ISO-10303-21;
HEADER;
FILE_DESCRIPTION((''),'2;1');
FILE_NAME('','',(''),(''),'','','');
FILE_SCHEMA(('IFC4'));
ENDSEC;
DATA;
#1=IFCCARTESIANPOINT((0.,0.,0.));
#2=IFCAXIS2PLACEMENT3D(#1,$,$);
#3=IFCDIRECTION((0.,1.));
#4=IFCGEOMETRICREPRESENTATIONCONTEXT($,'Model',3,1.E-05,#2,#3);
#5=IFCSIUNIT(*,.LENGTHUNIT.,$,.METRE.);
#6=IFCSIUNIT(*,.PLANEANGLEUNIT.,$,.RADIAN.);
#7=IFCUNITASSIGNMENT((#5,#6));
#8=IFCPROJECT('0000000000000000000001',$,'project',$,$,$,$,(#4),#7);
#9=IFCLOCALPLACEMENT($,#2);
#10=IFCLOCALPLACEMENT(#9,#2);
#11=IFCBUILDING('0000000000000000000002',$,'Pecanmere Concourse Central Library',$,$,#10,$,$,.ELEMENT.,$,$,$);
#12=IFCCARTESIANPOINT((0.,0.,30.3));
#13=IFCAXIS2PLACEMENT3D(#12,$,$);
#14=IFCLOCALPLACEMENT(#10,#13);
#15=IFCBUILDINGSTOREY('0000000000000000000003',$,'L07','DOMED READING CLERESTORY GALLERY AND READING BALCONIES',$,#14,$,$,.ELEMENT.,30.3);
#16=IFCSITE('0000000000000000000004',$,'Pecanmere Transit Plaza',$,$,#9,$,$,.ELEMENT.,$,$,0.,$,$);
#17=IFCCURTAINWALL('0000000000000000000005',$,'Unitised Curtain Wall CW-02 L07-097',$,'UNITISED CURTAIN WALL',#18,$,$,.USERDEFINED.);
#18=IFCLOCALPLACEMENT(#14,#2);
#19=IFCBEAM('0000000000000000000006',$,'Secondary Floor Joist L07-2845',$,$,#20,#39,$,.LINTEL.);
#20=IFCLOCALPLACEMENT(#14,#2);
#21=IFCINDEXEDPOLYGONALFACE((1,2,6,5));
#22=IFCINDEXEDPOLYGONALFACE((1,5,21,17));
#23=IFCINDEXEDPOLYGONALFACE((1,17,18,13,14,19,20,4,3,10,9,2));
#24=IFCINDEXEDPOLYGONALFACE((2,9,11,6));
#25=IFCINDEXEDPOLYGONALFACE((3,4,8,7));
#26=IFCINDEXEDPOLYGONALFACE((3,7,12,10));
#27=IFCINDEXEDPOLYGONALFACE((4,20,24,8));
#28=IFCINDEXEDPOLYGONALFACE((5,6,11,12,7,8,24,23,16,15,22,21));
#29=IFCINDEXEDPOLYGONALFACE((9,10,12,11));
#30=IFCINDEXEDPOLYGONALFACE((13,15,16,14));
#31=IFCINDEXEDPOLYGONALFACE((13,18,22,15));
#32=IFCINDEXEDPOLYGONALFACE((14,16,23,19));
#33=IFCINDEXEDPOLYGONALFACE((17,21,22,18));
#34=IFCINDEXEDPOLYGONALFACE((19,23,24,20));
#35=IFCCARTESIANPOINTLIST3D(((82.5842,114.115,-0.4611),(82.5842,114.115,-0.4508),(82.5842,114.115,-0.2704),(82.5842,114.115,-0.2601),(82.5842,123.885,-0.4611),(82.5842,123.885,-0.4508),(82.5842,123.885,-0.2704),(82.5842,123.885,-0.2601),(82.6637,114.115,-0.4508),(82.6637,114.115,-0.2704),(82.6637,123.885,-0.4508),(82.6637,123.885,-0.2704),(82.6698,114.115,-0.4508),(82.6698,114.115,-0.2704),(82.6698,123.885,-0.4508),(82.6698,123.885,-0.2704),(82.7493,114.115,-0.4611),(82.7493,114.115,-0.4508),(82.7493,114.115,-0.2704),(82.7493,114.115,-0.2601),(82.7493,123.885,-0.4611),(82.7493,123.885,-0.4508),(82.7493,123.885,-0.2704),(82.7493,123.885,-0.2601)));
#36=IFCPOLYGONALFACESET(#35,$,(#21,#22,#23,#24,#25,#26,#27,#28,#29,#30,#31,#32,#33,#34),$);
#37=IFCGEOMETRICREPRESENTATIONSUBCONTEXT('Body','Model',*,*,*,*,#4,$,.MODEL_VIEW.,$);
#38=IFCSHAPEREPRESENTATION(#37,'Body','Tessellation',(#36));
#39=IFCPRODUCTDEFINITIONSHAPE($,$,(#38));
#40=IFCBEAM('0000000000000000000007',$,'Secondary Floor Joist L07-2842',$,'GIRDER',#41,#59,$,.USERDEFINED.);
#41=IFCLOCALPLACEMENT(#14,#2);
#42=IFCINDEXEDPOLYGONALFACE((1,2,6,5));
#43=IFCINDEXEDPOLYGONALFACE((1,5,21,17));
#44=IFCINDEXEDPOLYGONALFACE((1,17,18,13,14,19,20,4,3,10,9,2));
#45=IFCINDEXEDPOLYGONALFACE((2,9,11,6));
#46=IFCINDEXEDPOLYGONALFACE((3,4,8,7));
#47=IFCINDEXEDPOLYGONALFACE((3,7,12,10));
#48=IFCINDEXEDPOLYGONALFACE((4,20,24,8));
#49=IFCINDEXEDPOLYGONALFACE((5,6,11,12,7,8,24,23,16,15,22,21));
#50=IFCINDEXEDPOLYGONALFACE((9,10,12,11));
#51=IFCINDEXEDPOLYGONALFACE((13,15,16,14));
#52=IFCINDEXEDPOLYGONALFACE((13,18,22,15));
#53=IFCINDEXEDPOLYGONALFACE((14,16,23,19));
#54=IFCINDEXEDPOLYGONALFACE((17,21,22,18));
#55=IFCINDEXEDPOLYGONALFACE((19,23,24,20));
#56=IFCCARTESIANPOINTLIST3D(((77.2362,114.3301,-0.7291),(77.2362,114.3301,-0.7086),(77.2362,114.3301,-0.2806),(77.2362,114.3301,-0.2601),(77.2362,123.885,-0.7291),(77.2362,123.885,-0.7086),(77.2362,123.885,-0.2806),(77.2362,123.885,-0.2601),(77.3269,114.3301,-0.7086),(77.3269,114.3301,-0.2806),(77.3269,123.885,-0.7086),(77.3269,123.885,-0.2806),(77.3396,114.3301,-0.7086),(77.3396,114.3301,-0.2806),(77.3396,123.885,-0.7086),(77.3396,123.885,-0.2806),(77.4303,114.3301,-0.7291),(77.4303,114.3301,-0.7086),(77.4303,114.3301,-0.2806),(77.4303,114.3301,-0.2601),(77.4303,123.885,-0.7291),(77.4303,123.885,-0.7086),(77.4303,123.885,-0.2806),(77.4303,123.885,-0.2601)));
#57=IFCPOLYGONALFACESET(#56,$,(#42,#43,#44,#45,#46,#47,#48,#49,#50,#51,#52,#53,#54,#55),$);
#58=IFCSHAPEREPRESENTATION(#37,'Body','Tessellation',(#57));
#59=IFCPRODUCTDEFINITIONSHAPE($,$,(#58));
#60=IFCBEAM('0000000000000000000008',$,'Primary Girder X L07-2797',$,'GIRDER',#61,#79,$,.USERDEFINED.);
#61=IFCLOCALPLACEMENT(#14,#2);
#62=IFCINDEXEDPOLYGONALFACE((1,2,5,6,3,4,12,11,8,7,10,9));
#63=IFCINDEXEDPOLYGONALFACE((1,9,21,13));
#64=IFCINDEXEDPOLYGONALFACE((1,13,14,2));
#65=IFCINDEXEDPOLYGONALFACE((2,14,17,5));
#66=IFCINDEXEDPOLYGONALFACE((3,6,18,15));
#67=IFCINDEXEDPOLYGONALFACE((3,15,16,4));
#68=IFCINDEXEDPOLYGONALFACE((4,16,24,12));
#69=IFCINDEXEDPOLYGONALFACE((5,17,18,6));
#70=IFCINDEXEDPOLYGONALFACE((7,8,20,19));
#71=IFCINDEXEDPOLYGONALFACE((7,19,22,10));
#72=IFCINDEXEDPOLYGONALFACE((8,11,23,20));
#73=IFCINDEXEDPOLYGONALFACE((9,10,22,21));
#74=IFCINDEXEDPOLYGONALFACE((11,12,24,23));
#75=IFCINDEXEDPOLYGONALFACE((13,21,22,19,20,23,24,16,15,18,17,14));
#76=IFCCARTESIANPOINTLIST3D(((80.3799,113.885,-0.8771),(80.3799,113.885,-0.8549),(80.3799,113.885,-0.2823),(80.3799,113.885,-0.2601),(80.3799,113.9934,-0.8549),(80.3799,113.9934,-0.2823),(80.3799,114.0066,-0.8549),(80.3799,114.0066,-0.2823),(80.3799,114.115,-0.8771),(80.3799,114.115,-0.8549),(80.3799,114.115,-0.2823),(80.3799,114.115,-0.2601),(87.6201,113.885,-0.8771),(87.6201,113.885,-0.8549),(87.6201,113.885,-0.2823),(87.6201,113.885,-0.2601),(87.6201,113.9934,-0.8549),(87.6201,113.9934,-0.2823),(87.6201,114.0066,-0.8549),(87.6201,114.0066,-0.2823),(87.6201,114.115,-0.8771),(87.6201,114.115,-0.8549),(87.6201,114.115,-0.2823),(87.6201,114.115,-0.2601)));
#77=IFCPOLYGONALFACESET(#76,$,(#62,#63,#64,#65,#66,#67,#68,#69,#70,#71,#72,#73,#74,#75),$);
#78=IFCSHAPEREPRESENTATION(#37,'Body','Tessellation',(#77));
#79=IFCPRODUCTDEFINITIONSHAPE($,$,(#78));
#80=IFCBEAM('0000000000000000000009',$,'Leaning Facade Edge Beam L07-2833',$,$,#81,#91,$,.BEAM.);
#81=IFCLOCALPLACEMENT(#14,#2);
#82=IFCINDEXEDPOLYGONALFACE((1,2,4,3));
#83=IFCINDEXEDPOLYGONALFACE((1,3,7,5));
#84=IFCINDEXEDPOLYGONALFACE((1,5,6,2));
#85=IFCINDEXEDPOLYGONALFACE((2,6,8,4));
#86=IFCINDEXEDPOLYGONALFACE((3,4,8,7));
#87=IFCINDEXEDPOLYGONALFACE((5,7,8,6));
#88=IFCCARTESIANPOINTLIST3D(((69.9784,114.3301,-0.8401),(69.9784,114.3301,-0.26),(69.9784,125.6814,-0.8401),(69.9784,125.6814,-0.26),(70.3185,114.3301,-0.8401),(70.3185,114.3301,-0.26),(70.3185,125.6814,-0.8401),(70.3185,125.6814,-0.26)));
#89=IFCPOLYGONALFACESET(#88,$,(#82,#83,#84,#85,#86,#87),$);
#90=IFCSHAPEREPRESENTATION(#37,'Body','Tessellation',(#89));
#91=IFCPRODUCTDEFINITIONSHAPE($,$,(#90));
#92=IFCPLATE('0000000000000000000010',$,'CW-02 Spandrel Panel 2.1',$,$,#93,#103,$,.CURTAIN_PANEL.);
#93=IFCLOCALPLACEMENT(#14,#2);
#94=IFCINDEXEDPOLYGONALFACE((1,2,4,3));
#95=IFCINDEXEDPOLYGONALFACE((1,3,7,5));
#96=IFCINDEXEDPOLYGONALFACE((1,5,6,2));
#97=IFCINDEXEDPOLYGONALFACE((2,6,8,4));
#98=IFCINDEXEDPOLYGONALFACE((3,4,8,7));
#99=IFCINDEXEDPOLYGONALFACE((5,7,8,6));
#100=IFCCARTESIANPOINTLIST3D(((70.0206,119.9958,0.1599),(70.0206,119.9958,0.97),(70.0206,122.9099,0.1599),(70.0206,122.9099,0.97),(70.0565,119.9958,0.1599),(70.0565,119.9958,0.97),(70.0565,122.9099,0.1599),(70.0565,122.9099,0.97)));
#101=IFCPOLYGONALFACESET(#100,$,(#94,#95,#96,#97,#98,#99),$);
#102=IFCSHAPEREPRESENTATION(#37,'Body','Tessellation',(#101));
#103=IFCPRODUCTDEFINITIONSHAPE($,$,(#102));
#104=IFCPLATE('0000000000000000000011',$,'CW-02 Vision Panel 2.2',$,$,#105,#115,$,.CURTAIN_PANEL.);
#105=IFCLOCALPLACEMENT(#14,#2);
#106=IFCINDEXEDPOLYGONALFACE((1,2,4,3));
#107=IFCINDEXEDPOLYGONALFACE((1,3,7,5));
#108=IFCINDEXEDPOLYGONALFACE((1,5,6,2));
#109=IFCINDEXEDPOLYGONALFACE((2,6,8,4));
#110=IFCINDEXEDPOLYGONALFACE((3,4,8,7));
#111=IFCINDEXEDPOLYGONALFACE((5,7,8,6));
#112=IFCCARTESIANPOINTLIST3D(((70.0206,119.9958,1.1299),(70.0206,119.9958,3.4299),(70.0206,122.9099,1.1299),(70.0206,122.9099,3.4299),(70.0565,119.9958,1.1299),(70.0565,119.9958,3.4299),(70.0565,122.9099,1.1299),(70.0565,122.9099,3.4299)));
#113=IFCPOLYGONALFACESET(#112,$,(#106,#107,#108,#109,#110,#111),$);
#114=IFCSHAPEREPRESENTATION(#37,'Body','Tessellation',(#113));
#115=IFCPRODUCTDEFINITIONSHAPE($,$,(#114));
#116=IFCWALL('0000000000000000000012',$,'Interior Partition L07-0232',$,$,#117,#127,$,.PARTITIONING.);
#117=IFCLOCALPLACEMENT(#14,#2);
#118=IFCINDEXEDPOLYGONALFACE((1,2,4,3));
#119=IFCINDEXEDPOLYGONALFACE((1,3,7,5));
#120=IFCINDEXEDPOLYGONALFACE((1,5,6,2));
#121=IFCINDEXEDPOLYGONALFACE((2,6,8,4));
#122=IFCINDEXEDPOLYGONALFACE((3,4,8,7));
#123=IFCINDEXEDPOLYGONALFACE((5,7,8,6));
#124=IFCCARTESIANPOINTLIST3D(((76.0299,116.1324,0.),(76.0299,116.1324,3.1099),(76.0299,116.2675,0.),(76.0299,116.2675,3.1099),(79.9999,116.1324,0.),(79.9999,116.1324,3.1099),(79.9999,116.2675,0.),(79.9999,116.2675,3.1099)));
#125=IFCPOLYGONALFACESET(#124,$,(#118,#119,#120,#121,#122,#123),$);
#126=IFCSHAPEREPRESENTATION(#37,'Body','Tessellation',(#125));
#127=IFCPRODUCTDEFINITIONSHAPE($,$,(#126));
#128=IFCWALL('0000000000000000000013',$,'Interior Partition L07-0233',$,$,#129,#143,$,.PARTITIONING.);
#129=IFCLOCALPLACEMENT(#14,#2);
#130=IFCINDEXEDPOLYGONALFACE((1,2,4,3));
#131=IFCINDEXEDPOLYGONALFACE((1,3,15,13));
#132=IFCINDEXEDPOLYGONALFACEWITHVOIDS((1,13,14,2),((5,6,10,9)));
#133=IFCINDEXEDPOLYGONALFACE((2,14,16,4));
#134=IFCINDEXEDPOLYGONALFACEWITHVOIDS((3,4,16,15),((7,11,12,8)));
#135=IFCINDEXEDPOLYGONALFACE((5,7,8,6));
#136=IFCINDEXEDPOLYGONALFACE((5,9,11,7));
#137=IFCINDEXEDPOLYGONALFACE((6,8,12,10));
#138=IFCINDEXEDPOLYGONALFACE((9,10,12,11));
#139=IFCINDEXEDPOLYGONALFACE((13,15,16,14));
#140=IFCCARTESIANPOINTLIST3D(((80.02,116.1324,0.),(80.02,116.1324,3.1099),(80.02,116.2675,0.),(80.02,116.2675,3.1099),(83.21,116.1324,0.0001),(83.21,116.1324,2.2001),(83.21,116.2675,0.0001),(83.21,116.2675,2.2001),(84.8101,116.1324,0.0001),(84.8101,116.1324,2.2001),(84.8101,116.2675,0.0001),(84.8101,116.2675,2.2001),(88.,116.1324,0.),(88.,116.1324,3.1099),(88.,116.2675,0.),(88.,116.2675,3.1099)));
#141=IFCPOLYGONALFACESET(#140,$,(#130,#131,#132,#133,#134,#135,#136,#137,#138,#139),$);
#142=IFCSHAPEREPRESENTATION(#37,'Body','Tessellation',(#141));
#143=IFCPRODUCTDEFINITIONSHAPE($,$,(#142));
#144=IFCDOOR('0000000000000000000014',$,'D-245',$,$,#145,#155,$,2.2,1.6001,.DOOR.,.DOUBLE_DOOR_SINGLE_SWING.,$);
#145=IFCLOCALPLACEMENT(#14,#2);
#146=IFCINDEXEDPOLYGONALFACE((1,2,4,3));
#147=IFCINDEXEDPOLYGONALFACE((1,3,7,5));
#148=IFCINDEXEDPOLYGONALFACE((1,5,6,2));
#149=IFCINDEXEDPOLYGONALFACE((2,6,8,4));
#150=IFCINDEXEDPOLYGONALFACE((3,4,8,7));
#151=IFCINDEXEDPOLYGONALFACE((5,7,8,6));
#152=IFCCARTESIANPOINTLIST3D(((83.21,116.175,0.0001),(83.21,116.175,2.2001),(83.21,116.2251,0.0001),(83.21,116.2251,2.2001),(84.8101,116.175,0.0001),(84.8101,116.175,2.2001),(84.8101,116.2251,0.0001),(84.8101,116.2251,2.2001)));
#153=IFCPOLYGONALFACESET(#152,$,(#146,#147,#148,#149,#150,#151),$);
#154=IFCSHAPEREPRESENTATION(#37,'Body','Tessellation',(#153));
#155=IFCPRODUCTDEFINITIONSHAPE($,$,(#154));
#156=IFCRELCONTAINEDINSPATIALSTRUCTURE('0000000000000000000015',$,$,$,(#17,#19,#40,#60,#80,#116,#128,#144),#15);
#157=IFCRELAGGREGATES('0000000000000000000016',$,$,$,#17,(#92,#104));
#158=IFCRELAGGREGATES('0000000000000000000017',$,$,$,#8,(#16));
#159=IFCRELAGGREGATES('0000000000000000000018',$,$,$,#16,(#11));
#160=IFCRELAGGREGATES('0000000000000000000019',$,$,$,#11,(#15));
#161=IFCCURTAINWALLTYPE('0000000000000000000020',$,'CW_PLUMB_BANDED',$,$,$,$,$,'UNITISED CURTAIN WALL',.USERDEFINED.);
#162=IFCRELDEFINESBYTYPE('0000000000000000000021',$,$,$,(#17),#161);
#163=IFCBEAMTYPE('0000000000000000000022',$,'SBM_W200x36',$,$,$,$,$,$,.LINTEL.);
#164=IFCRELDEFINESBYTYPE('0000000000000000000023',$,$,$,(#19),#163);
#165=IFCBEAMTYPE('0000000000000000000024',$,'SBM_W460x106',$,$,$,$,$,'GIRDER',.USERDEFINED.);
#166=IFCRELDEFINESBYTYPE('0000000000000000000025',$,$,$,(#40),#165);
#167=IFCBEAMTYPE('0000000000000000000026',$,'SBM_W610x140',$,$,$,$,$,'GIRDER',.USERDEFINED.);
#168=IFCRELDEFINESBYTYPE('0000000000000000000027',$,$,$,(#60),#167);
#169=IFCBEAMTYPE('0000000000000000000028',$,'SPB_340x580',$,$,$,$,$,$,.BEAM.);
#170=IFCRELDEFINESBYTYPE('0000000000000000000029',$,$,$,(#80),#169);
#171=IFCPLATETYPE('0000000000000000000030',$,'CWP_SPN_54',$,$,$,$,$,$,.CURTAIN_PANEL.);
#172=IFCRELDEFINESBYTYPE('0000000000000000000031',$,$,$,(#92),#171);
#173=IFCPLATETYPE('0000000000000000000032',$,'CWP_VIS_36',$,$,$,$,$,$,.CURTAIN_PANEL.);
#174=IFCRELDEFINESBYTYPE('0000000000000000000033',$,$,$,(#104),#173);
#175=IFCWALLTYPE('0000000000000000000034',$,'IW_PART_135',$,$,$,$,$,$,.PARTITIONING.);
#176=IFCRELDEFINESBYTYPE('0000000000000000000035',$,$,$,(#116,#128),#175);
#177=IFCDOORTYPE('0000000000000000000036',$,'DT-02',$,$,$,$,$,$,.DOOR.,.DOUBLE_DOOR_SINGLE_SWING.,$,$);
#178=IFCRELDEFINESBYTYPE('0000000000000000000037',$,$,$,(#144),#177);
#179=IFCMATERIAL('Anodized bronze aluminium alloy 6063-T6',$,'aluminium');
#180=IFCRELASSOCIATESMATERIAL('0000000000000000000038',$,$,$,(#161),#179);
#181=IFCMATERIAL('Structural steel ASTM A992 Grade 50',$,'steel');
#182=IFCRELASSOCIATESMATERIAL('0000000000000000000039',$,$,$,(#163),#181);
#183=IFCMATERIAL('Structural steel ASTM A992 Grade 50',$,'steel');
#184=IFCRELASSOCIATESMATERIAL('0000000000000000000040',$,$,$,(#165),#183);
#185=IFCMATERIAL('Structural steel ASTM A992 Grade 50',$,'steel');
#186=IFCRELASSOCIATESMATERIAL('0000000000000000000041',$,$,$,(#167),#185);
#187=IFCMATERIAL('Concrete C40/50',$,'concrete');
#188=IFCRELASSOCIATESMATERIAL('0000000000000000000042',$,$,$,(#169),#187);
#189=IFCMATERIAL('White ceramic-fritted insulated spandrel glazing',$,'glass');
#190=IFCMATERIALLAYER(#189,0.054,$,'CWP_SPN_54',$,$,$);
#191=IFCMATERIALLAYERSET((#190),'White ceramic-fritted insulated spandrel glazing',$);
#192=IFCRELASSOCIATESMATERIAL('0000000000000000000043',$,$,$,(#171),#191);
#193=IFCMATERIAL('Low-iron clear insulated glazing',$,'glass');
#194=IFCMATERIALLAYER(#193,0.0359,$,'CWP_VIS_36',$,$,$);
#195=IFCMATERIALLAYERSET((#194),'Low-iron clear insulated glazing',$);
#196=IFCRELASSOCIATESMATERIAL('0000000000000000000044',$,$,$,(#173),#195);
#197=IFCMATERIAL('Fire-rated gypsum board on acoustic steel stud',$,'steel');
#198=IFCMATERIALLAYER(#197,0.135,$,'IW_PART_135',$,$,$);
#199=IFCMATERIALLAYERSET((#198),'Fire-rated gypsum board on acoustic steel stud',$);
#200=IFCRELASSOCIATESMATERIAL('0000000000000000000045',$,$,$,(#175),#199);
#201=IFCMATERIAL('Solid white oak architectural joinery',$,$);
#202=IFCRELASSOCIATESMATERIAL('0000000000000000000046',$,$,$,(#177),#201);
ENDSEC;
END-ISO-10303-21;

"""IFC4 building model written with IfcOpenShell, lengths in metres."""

from ifc_helpers import new_model, si_unit, direction, frame, frame_2d, origin, origin_2d, place, context, subcontext, project, spatial, rectangle, i_section, extrude, material, layer, layer_set, material_profile, profile_set, type_object, element, fill, aggregate, save


model = new_model("IFC4")

# Units and contexts
model_context = context("Model", 3, precision=1e-05, world=origin(), true_north=direction((0.0, 1.0)))
body_context = subcontext(model_context, "Body", "Model", "MODEL_VIEW")
ifc_project = project(units=[si_unit("LENGTHUNIT", "METRE"), si_unit("PLANEANGLEUNIT", "RADIAN")], contexts=[model_context])

# Site, building, storey
site_placement = place(None, origin())
site = spatial("IfcSite", under=ifc_project, at=site_placement, Name="Pecanmere Transit Plaza", CompositionType="ELEMENT", RefElevation=0.0)
building_placement = place(site_placement, origin())
building = spatial("IfcBuilding", under=site, at=building_placement, Name="Pecanmere Concourse Central Library", CompositionType="ELEMENT")
storey_placement = place(building_placement, frame((0.0, 0.0, 30.3)))
storey = spatial("IfcBuildingStorey", under=building, at=storey_placement, Name="L07", Description="DOMED READING CLERESTORY GALLERY AND READING BALCONIES", CompositionType="ELEMENT", Elevation=30.3)

# Curtain wall
ifc_material_1 = material(Name="Anodized bronze aluminium alloy 6063-T6", Category="aluminium")
curtain_wall_type = type_object("IfcCurtainWallType", Name="CW_PLUMB_BANDED", ElementType="UNITISED CURTAIN WALL", PredefinedType="USERDEFINED", material=ifc_material_1)
curtain_wall_placement = place(storey_placement, origin())
curtain_wall = element("IfcCurtainWall", 1, at=curtain_wall_placement, inside=storey, type_object=curtain_wall_type, Name="Unitised Curtain Wall CW-02 L07-097", ObjectType="UNITISED CURTAIN WALL", PredefinedType="USERDEFINED")

# Beams
ifc_material_2 = material(Name="Structural steel ASTM A992 Grade 50", Category="steel")
ifc_material_profile_1 = material_profile(ifc_material_2, i_section(OverallWidth=0.165, OverallDepth=0.2009, WebThickness=0.0061, FlangeThickness=0.0103, at=origin_2d()), Name="W200x35.9")
ifc_profile_set_1 = profile_set([ifc_material_profile_1], Name="Structural steel ASTM A992 Grade 50")
beam_type_1 = type_object("IfcBeamType", Name="SBM_W200x36", PredefinedType="LINTEL", material=ifc_profile_set_1)
beam_1_placement = place(storey_placement, frame((82.6667, 114.115, -0.3606), z_axis=(0.0, 1.0, 0.0), x_axis=(-1.0, 0.0, 0.0)))
element("IfcBeam", 2, at=beam_1_placement, inside=storey, type_object=beam_type_1, Name="Secondary Floor Joist L07-2845", PredefinedType="LINTEL", context=body_context, shape_type="SweptSolid", body=[
    extrude(i_section(OverallWidth=0.165, OverallDepth=0.2009, WebThickness=0.0061, FlangeThickness=0.0103, at=origin_2d()), origin(), (0.0, 0.0, 1.0), 9.77),
])
ifc_material_3 = material(Name="Structural steel ASTM A992 Grade 50", Category="steel")
ifc_material_profile_2 = material_profile(ifc_material_3, i_section(OverallWidth=0.1941, OverallDepth=0.469, WebThickness=0.0127, FlangeThickness=0.0205, at=origin_2d()), Name="W460x106")
ifc_profile_set_2 = profile_set([ifc_material_profile_2], Name="Structural steel ASTM A992 Grade 50")
beam_type_2 = type_object("IfcBeamType", Name="SBM_W460x106", ElementType="GIRDER", PredefinedType="USERDEFINED", material=ifc_profile_set_2)
beam_2_placement = place(storey_placement, frame((77.3333, 114.3301, -0.4946), z_axis=(0.0, 1.0, 0.0), x_axis=(-1.0, 0.0, 0.0)))
element("IfcBeam", 3, at=beam_2_placement, inside=storey, type_object=beam_type_2, Name="Secondary Floor Joist L07-2842", ObjectType="GIRDER", PredefinedType="USERDEFINED", context=body_context, shape_type="SweptSolid", body=[
    extrude(i_section(OverallWidth=0.1941, OverallDepth=0.469, WebThickness=0.0127, FlangeThickness=0.0205, at=origin_2d()), origin(), (0.0, 0.0, 1.0), 9.5549),
])
ifc_material_4 = material(Name="Structural steel ASTM A992 Grade 50", Category="steel")
ifc_material_profile_3 = material_profile(ifc_material_4, i_section(OverallWidth=0.23, OverallDepth=0.6169, WebThickness=0.0132, FlangeThickness=0.0222, at=origin_2d()), Name="W610x140")
ifc_profile_set_3 = profile_set([ifc_material_profile_3], Name="Structural steel ASTM A992 Grade 50")
beam_type_3 = type_object("IfcBeamType", Name="SBM_W610x140", ElementType="GIRDER", PredefinedType="USERDEFINED", material=ifc_profile_set_3)
beam_3_placement = place(storey_placement, frame((80.3799, 114.0, -0.5686), z_axis=(1.0, 0.0, 0.0), x_axis=(0.0, 1.0, 0.0)))
element("IfcBeam", 4, at=beam_3_placement, inside=storey, type_object=beam_type_3, Name="Primary Girder X L07-2797", ObjectType="GIRDER", PredefinedType="USERDEFINED", context=body_context, shape_type="SweptSolid", body=[
    extrude(i_section(OverallWidth=0.23, OverallDepth=0.6169, WebThickness=0.0132, FlangeThickness=0.0222, at=origin_2d()), origin(), (0.0, 0.0, 1.0), 7.2402),
])
ifc_material_5 = material(Name="Concrete C40/50", Category="concrete")
ifc_material_profile_4 = material_profile(ifc_material_5, rectangle(XDim=0.3401, YDim=0.5801, at=origin_2d()), Name="RC 340x580")
ifc_profile_set_4 = profile_set([ifc_material_profile_4], Name="Concrete C40/50")
beam_type_4 = type_object("IfcBeamType", Name="SPB_340x580", PredefinedType="BEAM", material=ifc_profile_set_4)
beam_4_placement = place(storey_placement, frame((70.1484, 114.3301, -0.55), z_axis=(0.0, 1.0, 0.0), x_axis=(-1.0, 0.0, 0.0)))
element("IfcBeam", 5, at=beam_4_placement, inside=storey, type_object=beam_type_4, Name="Leaning Facade Edge Beam L07-2833", PredefinedType="BEAM", context=body_context, shape_type="SweptSolid", body=[
    extrude(rectangle(XDim=0.3401, YDim=0.5801, at=origin_2d()), origin(), (0.0, 0.0, 1.0), 11.3513),
])

# Plates
ifc_material_6 = material(Name="White ceramic-fritted insulated spandrel glazing", Category="glass")
ifc_layer_1 = layer(ifc_material_6, 0.054, Name="CWP_SPN_54")
ifc_layer_set_1 = layer_set([ifc_layer_1], Name="White ceramic-fritted insulated spandrel glazing")
plate_type_1 = type_object("IfcPlateType", Name="CWP_SPN_54", PredefinedType="CURTAIN_PANEL", material=ifc_layer_set_1)
plate_1_placement = place(storey_placement, frame((70.0386, 121.4529, 0.1599), z_axis=(0.0, 0.0, 1.0), x_axis=(0.0, -1.0, 0.0)))
plate_1 = element("IfcPlate", 6, at=plate_1_placement, type_object=plate_type_1, Name="CW-02 Spandrel Panel 2.1", PredefinedType="CURTAIN_PANEL", context=body_context, shape_type="SweptSolid", body=[
    extrude(rectangle(XDim=2.9141, YDim=0.0359, at=origin_2d()), origin(), (0.0, 0.0, 1.0), 0.8101),
])
ifc_material_7 = material(Name="Low-iron clear insulated glazing", Category="glass")
ifc_layer_2 = layer(ifc_material_7, 0.0359, Name="CWP_VIS_36")
ifc_layer_set_2 = layer_set([ifc_layer_2], Name="Low-iron clear insulated glazing")
plate_type_2 = type_object("IfcPlateType", Name="CWP_VIS_36", PredefinedType="CURTAIN_PANEL", material=ifc_layer_set_2)
plate_2_placement = place(storey_placement, frame((70.0386, 121.4529, 1.1299), z_axis=(0.0, 0.0, 1.0), x_axis=(0.0, -1.0, 0.0)))
plate_2 = element("IfcPlate", 7, at=plate_2_placement, type_object=plate_type_2, Name="CW-02 Vision Panel 2.2", PredefinedType="CURTAIN_PANEL", context=body_context, shape_type="SweptSolid", body=[
    extrude(rectangle(XDim=2.9141, YDim=0.0359, at=origin_2d()), origin(), (0.0, 0.0, 1.0), 2.3),
])
aggregate(curtain_wall, [plate_1, plate_2])

# Wall
ifc_material_8 = material(Name="Fire-rated gypsum board on acoustic steel stud", Category="steel")
ifc_layer_3 = layer(ifc_material_8, 0.135, Name="IW_PART_135")
ifc_layer_set_3 = layer_set([ifc_layer_3], Name="Fire-rated gypsum board on acoustic steel stud")
wall_type_1 = type_object("IfcWallType", Name="IW_PART_135", PredefinedType="PARTITIONING", material=ifc_layer_set_3)
wall_1_placement = place(storey_placement, frame((76.03, 116.2, 0.0), z_axis=(0.0, 0.0, 1.0), x_axis=(1.0, 0.0, 0.0)))
element("IfcWall", 8, at=wall_1_placement, inside=storey, type_object=wall_type_1, Name="Interior Partition L07-0232", PredefinedType="PARTITIONING", context=body_context, shape_type="SweptSolid", body=[
    extrude(rectangle(XDim=3.97, YDim=0.135, at=frame_2d((1.9849, 0.0))), origin(), (0.0, 0.0, 1.0), 3.1099),
])

# Wall, opening, door
wall_2_placement = place(storey_placement, frame((80.02, 116.2, 0.0), z_axis=(0.0, 0.0, 1.0), x_axis=(1.0, 0.0, 0.0)))
wall_2 = element("IfcWall", 9, at=wall_2_placement, inside=storey, type_object=wall_type_1, Name="Interior Partition L07-0233", PredefinedType="PARTITIONING", context=body_context, shape_type="SweptSolid", body=[
    extrude(rectangle(XDim=7.98, YDim=0.135, at=frame_2d((3.99, 0.0))), origin(), (0.0, 0.0, 1.0), 3.1099),
])
opening_1_placement = place(wall_2_placement, frame((3.1899, 0.0, 0.0)))
opening_1 = element("IfcOpeningElement", 10, at=opening_1_placement, cuts=wall_2, PredefinedType="OPENING", context=body_context, shape_type="SweptSolid", body=[
    extrude(rectangle(XDim=1.6001, YDim=2.2, at=frame_2d((0.8, 1.1001))), frame((0.0, 0.0796, 0.0), z_axis=(0.0, -1.0, 0.0), x_axis=(1.0, 0.0, 0.0)), (0.0, 0.0, 1.0), 0.1589),
])
ifc_material_9 = material(Name="Solid white oak architectural joinery")
door_type_1 = type_object("IfcDoorType", Name="DT-02", OperationType="DOUBLE_DOOR_SINGLE_SWING", PredefinedType="DOOR", material=ifc_material_9)
door_1_placement = place(opening_1_placement, frame((1.6001, 0.0, 0.0), z_axis=(0.0, 0.0, 1.0), x_axis=(-1.0, 0.0, 0.0)))
door_1 = element("IfcDoor", 11, at=door_1_placement, inside=storey, type_object=door_type_1, Name="D-245", OperationType="DOUBLE_DOOR_SINGLE_SWING", OverallHeight=2.2, OverallWidth=1.6001, PredefinedType="DOOR", context=body_context, shape_type="SweptSolid", body=[
    extrude(rectangle(XDim=1.6001, YDim=2.2, at=frame_2d((0.8, 1.1001))), frame((0.0, 0.0249, 0.0), z_axis=(0.0, -1.0, 0.0), x_axis=(1.0, 0.0, 0.0)), (0.0, 0.0, 1.0), 0.05),
])
fill(opening_1, door_1)

save(model, "model.ifc")
